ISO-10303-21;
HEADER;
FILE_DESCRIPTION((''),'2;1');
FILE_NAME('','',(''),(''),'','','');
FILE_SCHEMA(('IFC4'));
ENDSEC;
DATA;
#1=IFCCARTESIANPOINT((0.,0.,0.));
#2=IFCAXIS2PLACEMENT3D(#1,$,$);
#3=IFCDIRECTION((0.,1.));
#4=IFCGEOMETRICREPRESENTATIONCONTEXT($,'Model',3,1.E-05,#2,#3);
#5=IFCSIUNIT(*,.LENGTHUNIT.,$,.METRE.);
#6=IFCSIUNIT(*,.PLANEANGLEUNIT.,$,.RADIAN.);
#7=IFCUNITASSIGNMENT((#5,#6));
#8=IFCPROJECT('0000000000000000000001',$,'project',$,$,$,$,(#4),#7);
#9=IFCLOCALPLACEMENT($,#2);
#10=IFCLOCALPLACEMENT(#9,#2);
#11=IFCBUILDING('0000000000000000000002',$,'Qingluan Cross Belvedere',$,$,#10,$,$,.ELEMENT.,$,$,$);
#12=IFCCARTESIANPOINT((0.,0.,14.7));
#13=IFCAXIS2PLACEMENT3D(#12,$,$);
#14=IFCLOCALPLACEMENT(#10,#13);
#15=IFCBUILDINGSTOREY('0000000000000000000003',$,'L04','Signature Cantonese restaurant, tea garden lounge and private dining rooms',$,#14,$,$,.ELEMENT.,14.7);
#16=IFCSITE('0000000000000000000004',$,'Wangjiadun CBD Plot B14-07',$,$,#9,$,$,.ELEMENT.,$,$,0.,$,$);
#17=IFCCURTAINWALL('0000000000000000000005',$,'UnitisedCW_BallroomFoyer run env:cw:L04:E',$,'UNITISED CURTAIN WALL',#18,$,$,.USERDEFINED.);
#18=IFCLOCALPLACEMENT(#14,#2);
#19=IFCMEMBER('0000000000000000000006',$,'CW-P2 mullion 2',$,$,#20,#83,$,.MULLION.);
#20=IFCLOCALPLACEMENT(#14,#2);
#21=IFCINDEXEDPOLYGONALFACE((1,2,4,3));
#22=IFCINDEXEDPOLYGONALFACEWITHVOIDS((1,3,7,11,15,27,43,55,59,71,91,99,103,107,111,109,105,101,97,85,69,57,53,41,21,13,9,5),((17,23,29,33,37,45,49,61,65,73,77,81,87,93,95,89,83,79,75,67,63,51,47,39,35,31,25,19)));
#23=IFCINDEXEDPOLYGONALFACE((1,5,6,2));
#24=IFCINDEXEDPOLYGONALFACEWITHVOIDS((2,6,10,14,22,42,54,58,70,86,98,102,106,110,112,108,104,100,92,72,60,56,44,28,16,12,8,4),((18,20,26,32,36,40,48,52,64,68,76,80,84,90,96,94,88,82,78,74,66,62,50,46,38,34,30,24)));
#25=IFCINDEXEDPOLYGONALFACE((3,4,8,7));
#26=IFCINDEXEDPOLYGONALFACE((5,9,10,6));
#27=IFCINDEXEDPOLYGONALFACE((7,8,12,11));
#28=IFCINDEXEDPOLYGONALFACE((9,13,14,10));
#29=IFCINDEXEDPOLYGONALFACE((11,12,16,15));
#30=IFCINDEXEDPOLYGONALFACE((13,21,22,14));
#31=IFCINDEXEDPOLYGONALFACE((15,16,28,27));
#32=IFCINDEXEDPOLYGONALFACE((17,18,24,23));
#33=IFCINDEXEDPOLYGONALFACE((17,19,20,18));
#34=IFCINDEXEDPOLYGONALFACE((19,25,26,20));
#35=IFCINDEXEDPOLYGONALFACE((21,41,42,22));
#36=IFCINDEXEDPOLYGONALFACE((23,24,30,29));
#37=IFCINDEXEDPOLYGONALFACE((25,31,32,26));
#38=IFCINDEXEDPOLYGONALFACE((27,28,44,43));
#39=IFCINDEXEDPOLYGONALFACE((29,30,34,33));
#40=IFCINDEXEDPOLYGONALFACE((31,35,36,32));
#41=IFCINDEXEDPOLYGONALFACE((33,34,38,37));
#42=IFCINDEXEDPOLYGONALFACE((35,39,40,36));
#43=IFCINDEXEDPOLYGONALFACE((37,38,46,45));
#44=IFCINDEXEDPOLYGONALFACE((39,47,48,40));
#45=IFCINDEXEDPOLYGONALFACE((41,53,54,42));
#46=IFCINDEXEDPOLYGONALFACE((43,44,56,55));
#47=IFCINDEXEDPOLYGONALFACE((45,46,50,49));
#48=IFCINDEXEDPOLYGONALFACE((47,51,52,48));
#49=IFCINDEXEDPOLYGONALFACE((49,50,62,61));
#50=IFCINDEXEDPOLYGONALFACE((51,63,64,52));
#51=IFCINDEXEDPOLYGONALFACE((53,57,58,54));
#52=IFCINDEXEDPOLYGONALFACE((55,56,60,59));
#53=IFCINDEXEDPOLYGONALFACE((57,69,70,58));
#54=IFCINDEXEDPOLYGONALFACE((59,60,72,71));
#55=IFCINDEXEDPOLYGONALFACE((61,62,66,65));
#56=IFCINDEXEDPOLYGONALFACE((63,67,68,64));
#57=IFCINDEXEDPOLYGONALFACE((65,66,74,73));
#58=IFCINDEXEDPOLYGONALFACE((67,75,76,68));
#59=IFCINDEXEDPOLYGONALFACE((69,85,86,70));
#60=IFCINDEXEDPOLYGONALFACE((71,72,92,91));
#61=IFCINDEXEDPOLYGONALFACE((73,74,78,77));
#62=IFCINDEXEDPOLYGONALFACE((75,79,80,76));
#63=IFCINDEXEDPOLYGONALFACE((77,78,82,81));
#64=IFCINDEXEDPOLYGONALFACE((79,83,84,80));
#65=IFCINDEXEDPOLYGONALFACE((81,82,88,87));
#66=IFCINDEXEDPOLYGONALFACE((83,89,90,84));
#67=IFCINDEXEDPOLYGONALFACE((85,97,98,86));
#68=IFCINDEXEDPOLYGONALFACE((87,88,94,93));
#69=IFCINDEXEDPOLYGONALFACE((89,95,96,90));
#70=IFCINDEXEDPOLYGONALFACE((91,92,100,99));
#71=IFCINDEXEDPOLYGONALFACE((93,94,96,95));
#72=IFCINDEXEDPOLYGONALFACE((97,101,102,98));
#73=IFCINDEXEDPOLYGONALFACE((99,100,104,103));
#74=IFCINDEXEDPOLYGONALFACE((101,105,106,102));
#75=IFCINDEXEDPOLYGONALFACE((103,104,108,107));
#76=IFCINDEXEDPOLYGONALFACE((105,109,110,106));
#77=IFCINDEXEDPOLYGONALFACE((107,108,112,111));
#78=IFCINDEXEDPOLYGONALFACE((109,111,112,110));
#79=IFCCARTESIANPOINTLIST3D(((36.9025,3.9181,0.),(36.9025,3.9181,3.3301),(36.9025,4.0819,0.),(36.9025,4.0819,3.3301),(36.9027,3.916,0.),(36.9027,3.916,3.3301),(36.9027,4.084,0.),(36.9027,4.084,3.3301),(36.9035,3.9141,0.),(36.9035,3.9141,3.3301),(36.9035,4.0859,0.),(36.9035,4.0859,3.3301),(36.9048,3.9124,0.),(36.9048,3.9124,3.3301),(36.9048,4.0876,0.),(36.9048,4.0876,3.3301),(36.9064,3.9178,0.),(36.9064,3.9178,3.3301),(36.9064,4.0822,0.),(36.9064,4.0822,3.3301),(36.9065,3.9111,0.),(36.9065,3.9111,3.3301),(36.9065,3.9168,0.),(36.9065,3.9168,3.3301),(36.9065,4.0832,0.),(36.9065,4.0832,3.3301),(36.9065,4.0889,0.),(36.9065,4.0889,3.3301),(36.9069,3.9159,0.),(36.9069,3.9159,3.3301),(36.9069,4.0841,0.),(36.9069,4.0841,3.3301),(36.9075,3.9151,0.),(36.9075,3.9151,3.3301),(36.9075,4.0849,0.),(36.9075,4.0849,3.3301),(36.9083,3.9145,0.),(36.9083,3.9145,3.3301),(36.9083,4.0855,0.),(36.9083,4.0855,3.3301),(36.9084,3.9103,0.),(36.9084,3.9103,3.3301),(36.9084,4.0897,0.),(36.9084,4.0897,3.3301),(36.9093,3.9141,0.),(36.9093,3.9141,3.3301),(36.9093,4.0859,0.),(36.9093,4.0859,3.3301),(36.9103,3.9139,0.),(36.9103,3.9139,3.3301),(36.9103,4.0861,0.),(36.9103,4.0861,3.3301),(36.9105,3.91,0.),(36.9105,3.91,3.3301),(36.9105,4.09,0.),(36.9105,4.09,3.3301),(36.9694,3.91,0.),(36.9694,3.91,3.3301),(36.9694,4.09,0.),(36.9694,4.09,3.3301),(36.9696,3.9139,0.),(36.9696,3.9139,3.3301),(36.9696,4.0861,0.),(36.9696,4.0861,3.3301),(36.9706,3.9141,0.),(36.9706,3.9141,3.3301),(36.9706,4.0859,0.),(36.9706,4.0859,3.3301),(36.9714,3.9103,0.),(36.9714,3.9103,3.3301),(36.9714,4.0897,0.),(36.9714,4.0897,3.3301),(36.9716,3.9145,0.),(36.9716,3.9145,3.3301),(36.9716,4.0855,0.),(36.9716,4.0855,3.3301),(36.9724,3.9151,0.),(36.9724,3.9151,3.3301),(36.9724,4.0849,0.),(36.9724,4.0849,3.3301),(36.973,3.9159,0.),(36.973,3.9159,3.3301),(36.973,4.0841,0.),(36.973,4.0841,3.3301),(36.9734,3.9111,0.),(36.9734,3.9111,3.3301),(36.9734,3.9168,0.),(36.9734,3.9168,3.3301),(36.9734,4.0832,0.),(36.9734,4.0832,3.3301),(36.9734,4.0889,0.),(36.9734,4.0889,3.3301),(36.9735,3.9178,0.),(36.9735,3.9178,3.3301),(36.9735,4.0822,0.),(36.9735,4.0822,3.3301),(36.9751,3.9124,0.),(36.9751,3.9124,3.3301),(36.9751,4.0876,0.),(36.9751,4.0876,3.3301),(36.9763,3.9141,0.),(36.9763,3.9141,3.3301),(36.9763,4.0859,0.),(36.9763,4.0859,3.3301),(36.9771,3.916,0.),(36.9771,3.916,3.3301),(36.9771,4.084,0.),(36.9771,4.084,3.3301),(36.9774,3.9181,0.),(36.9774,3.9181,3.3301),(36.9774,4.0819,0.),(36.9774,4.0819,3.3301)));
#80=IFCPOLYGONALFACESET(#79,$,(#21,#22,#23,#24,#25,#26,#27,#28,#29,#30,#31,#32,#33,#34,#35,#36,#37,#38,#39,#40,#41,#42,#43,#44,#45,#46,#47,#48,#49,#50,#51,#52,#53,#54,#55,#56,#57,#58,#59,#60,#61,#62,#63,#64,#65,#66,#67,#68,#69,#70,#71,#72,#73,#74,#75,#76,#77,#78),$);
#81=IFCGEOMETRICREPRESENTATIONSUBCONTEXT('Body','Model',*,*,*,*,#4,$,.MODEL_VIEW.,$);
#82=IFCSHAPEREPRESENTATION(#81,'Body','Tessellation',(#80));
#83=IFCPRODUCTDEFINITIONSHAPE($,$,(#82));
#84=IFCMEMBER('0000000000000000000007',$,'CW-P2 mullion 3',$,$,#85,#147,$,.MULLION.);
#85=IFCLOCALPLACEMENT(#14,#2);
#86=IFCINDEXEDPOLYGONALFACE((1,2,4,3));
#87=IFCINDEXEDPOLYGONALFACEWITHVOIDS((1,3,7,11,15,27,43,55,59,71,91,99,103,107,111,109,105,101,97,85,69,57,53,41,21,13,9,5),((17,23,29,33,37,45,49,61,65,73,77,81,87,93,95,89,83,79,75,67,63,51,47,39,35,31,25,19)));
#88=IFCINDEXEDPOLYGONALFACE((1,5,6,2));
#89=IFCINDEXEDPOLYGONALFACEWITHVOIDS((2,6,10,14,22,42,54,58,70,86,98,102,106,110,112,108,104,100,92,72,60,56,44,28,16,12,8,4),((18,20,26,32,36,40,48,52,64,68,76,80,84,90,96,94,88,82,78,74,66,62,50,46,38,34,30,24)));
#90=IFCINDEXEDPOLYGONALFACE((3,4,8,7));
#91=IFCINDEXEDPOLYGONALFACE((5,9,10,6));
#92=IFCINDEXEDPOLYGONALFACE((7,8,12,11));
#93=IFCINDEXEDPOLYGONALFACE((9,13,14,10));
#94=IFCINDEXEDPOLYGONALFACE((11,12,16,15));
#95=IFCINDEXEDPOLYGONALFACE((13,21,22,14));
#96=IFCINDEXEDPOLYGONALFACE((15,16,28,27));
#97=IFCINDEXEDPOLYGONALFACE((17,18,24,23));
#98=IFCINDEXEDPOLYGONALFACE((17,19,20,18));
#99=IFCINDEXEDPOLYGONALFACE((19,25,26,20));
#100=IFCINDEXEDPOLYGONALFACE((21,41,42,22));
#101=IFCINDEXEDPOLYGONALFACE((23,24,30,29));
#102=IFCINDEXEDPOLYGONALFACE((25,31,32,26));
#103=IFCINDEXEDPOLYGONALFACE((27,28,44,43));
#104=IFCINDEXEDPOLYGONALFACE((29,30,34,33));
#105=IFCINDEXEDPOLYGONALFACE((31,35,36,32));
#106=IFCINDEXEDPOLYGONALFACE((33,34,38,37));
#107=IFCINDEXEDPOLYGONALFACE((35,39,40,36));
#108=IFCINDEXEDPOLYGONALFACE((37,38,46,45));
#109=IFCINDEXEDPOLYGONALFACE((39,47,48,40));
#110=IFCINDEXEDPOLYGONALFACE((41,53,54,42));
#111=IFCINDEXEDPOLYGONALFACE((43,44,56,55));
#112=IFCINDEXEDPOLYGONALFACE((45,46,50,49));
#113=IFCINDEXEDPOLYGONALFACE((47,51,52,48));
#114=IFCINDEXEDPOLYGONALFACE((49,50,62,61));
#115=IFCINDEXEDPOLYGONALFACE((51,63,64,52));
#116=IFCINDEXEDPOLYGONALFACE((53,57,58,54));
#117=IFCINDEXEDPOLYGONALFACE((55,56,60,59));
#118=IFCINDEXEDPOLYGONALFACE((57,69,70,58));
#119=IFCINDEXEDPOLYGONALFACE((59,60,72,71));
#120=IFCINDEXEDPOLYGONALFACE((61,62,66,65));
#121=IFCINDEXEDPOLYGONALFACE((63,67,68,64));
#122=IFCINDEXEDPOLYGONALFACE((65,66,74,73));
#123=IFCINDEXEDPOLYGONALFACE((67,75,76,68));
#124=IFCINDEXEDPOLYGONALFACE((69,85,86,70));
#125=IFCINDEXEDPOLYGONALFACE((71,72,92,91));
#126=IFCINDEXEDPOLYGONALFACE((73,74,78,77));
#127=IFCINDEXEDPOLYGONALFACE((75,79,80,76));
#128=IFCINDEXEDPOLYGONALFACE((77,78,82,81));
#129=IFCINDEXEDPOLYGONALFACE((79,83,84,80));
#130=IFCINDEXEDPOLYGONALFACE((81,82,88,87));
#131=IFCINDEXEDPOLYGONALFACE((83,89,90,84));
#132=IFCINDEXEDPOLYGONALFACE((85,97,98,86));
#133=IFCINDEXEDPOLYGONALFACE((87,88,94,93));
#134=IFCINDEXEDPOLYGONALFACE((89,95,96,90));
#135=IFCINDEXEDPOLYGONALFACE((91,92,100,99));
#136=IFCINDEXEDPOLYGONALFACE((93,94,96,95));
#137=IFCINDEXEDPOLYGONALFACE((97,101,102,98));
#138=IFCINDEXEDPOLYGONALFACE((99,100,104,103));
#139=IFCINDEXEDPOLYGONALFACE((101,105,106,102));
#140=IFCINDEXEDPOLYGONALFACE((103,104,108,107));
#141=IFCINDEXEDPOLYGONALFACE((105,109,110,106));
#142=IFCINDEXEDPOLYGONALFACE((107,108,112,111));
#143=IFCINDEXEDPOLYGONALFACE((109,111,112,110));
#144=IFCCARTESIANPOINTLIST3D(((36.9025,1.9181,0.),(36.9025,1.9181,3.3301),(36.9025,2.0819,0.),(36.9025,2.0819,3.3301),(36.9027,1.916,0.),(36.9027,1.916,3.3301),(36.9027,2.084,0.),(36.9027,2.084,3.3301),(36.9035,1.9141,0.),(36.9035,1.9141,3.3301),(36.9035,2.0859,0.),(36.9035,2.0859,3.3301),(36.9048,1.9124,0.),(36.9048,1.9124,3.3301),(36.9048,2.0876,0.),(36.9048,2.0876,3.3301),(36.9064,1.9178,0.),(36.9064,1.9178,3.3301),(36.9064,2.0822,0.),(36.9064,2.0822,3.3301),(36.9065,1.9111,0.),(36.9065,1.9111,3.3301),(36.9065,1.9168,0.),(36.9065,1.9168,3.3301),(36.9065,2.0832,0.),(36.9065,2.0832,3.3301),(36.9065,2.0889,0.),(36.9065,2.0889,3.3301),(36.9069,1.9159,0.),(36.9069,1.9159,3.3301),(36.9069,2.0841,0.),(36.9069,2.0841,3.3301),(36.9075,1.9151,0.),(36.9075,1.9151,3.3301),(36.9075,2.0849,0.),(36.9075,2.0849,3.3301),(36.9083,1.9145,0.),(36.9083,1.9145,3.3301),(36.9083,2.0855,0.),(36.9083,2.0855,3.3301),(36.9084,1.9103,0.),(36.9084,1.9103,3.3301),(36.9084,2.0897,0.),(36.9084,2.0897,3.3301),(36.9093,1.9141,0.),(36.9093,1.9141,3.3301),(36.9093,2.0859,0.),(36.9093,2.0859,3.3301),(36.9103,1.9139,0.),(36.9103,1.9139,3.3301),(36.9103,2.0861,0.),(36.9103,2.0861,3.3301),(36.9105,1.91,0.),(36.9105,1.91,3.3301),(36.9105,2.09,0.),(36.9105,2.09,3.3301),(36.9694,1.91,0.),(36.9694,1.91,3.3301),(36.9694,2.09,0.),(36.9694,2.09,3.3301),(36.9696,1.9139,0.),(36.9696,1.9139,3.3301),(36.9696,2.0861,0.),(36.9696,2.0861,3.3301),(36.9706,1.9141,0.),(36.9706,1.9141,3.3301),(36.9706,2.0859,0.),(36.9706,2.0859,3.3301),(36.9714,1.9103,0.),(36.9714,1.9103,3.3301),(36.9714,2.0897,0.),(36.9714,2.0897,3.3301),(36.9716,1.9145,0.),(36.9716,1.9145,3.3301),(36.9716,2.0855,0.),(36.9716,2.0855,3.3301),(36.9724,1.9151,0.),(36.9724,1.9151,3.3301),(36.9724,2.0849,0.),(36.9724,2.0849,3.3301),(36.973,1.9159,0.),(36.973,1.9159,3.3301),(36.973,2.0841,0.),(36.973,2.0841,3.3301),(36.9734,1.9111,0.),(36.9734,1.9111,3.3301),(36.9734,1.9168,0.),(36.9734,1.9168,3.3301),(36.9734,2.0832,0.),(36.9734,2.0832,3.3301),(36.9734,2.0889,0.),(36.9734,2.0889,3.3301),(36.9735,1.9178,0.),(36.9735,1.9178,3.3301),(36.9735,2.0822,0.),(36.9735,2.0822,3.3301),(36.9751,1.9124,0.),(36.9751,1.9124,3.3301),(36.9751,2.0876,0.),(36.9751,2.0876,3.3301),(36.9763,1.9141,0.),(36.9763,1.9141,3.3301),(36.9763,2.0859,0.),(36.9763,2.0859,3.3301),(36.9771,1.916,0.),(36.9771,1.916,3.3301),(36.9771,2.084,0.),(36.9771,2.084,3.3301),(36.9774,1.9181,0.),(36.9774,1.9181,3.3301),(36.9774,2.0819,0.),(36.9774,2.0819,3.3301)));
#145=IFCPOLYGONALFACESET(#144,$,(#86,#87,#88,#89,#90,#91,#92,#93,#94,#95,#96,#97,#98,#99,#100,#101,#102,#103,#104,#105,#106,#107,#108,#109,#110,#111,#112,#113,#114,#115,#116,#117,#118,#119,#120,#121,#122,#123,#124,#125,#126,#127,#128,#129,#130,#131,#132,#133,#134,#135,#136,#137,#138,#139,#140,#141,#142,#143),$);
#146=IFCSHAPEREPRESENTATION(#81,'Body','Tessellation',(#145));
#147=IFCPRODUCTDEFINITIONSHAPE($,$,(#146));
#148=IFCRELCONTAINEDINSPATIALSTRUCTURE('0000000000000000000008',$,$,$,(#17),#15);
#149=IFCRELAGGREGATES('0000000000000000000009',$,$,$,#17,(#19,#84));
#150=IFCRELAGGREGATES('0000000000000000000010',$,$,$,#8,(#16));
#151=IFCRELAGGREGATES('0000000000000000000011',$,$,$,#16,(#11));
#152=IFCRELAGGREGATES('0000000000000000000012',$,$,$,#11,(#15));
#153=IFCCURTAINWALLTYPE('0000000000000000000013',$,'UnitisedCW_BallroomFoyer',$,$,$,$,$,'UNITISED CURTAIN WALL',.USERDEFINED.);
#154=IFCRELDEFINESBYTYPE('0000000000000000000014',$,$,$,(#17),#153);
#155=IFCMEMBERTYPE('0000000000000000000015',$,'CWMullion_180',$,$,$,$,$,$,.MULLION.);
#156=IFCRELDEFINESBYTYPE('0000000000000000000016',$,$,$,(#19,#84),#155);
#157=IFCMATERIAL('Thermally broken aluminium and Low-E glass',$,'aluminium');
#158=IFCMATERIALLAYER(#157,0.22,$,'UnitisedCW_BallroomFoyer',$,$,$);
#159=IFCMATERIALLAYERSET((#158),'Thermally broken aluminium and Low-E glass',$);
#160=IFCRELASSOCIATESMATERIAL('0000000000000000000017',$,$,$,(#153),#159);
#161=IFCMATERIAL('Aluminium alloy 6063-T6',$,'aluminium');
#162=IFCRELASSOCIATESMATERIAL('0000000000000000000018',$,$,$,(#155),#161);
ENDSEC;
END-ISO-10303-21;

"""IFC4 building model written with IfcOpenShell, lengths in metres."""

from ifc_helpers import new_model, si_unit, direction, frame, origin, origin_2d, place, context, subcontext, project, spatial, hollow_rectangle, extrude, material, layer, layer_set, material_profile, profile_set, type_object, element, aggregate, save


model = new_model("IFC4")

# Units and contexts
model_context = context("Model", 3, precision=1e-05, world=origin(), true_north=direction((0.0, 1.0)))
body_context = subcontext(model_context, "Body", "Model", "MODEL_VIEW")
ifc_project = project(units=[si_unit("LENGTHUNIT", "METRE"), si_unit("PLANEANGLEUNIT", "RADIAN")], contexts=[model_context])

# Site, building, storey
site_placement = place(None, origin())
site = spatial("IfcSite", under=ifc_project, at=site_placement, Name="Wangjiadun CBD Plot B14-07", CompositionType="ELEMENT", RefElevation=0.0)
building_placement = place(site_placement, origin())
building = spatial("IfcBuilding", under=site, at=building_placement, Name="Qingluan Cross Belvedere", CompositionType="ELEMENT")
storey_placement = place(building_placement, frame((0.0, 0.0, 14.7)))
storey = spatial("IfcBuildingStorey", under=building, at=storey_placement, Name="L04", Description="Signature Cantonese restaurant, tea garden lounge and private dining rooms", CompositionType="ELEMENT", Elevation=14.7)

# Curtain wall, members
ifc_material_1 = material(Name="Thermally broken aluminium and Low-E glass", Category="aluminium")
ifc_layer_1 = layer(ifc_material_1, 0.22, Name="UnitisedCW_BallroomFoyer")
ifc_layer_set_1 = layer_set([ifc_layer_1], Name="Thermally broken aluminium and Low-E glass")
curtain_wall_type = type_object("IfcCurtainWallType", Name="UnitisedCW_BallroomFoyer", ElementType="UNITISED CURTAIN WALL", PredefinedType="USERDEFINED", material=ifc_layer_set_1)
curtain_wall_placement = place(storey_placement, origin())
curtain_wall = element("IfcCurtainWall", 1, at=curtain_wall_placement, inside=storey, type_object=curtain_wall_type, Name="UnitisedCW_BallroomFoyer run env:cw:L04:E", ObjectType="UNITISED CURTAIN WALL", PredefinedType="USERDEFINED")
ifc_material_2 = material(Name="Aluminium alloy 6063-T6", Category="aluminium")
ifc_material_profile_1 = material_profile(ifc_material_2, hollow_rectangle(XDim=0.075, YDim=0.1799, WallThickness=0.0039, InnerFilletRadius=0.0039, OuterFilletRadius=0.0081, at=origin_2d()), Name="CWM180x75x4")
ifc_profile_set_1 = profile_set([ifc_material_profile_1], Name="Aluminium alloy 6063-T6")
member_type_1 = type_object("IfcMemberType", Name="CWMullion_180", PredefinedType="MULLION", material=ifc_profile_set_1)
member_1_placement = place(storey_placement, frame((36.9399, 4.0, 0.0), z_axis=(0.0, 0.0, 1.0), x_axis=(1.0, 0.0, 0.0)))
member_1 = element("IfcMember", 2, at=member_1_placement, type_object=member_type_1, Name="CW-P2 mullion 2", PredefinedType="MULLION", context=body_context, shape_type="SweptSolid", body=[
    extrude(hollow_rectangle(XDim=0.075, YDim=0.1799, WallThickness=0.0039, InnerFilletRadius=0.0039, OuterFilletRadius=0.0081, at=origin_2d()), origin(), (0.0, 0.0, 1.0), 3.3301),
])
member_2_placement = place(storey_placement, frame((36.9399, 2.0, 0.0), z_axis=(0.0, 0.0, 1.0), x_axis=(1.0, 0.0, 0.0)))
member_2 = element("IfcMember", 3, at=member_2_placement, type_object=member_type_1, Name="CW-P2 mullion 3", PredefinedType="MULLION", context=body_context, shape_type="SweptSolid", body=[
    extrude(hollow_rectangle(XDim=0.075, YDim=0.1799, WallThickness=0.0039, InnerFilletRadius=0.0039, OuterFilletRadius=0.0081, at=origin_2d()), origin(), (0.0, 0.0, 1.0), 3.3301),
])
aggregate(curtain_wall, [member_1, member_2])

save(model, "model.ifc")
